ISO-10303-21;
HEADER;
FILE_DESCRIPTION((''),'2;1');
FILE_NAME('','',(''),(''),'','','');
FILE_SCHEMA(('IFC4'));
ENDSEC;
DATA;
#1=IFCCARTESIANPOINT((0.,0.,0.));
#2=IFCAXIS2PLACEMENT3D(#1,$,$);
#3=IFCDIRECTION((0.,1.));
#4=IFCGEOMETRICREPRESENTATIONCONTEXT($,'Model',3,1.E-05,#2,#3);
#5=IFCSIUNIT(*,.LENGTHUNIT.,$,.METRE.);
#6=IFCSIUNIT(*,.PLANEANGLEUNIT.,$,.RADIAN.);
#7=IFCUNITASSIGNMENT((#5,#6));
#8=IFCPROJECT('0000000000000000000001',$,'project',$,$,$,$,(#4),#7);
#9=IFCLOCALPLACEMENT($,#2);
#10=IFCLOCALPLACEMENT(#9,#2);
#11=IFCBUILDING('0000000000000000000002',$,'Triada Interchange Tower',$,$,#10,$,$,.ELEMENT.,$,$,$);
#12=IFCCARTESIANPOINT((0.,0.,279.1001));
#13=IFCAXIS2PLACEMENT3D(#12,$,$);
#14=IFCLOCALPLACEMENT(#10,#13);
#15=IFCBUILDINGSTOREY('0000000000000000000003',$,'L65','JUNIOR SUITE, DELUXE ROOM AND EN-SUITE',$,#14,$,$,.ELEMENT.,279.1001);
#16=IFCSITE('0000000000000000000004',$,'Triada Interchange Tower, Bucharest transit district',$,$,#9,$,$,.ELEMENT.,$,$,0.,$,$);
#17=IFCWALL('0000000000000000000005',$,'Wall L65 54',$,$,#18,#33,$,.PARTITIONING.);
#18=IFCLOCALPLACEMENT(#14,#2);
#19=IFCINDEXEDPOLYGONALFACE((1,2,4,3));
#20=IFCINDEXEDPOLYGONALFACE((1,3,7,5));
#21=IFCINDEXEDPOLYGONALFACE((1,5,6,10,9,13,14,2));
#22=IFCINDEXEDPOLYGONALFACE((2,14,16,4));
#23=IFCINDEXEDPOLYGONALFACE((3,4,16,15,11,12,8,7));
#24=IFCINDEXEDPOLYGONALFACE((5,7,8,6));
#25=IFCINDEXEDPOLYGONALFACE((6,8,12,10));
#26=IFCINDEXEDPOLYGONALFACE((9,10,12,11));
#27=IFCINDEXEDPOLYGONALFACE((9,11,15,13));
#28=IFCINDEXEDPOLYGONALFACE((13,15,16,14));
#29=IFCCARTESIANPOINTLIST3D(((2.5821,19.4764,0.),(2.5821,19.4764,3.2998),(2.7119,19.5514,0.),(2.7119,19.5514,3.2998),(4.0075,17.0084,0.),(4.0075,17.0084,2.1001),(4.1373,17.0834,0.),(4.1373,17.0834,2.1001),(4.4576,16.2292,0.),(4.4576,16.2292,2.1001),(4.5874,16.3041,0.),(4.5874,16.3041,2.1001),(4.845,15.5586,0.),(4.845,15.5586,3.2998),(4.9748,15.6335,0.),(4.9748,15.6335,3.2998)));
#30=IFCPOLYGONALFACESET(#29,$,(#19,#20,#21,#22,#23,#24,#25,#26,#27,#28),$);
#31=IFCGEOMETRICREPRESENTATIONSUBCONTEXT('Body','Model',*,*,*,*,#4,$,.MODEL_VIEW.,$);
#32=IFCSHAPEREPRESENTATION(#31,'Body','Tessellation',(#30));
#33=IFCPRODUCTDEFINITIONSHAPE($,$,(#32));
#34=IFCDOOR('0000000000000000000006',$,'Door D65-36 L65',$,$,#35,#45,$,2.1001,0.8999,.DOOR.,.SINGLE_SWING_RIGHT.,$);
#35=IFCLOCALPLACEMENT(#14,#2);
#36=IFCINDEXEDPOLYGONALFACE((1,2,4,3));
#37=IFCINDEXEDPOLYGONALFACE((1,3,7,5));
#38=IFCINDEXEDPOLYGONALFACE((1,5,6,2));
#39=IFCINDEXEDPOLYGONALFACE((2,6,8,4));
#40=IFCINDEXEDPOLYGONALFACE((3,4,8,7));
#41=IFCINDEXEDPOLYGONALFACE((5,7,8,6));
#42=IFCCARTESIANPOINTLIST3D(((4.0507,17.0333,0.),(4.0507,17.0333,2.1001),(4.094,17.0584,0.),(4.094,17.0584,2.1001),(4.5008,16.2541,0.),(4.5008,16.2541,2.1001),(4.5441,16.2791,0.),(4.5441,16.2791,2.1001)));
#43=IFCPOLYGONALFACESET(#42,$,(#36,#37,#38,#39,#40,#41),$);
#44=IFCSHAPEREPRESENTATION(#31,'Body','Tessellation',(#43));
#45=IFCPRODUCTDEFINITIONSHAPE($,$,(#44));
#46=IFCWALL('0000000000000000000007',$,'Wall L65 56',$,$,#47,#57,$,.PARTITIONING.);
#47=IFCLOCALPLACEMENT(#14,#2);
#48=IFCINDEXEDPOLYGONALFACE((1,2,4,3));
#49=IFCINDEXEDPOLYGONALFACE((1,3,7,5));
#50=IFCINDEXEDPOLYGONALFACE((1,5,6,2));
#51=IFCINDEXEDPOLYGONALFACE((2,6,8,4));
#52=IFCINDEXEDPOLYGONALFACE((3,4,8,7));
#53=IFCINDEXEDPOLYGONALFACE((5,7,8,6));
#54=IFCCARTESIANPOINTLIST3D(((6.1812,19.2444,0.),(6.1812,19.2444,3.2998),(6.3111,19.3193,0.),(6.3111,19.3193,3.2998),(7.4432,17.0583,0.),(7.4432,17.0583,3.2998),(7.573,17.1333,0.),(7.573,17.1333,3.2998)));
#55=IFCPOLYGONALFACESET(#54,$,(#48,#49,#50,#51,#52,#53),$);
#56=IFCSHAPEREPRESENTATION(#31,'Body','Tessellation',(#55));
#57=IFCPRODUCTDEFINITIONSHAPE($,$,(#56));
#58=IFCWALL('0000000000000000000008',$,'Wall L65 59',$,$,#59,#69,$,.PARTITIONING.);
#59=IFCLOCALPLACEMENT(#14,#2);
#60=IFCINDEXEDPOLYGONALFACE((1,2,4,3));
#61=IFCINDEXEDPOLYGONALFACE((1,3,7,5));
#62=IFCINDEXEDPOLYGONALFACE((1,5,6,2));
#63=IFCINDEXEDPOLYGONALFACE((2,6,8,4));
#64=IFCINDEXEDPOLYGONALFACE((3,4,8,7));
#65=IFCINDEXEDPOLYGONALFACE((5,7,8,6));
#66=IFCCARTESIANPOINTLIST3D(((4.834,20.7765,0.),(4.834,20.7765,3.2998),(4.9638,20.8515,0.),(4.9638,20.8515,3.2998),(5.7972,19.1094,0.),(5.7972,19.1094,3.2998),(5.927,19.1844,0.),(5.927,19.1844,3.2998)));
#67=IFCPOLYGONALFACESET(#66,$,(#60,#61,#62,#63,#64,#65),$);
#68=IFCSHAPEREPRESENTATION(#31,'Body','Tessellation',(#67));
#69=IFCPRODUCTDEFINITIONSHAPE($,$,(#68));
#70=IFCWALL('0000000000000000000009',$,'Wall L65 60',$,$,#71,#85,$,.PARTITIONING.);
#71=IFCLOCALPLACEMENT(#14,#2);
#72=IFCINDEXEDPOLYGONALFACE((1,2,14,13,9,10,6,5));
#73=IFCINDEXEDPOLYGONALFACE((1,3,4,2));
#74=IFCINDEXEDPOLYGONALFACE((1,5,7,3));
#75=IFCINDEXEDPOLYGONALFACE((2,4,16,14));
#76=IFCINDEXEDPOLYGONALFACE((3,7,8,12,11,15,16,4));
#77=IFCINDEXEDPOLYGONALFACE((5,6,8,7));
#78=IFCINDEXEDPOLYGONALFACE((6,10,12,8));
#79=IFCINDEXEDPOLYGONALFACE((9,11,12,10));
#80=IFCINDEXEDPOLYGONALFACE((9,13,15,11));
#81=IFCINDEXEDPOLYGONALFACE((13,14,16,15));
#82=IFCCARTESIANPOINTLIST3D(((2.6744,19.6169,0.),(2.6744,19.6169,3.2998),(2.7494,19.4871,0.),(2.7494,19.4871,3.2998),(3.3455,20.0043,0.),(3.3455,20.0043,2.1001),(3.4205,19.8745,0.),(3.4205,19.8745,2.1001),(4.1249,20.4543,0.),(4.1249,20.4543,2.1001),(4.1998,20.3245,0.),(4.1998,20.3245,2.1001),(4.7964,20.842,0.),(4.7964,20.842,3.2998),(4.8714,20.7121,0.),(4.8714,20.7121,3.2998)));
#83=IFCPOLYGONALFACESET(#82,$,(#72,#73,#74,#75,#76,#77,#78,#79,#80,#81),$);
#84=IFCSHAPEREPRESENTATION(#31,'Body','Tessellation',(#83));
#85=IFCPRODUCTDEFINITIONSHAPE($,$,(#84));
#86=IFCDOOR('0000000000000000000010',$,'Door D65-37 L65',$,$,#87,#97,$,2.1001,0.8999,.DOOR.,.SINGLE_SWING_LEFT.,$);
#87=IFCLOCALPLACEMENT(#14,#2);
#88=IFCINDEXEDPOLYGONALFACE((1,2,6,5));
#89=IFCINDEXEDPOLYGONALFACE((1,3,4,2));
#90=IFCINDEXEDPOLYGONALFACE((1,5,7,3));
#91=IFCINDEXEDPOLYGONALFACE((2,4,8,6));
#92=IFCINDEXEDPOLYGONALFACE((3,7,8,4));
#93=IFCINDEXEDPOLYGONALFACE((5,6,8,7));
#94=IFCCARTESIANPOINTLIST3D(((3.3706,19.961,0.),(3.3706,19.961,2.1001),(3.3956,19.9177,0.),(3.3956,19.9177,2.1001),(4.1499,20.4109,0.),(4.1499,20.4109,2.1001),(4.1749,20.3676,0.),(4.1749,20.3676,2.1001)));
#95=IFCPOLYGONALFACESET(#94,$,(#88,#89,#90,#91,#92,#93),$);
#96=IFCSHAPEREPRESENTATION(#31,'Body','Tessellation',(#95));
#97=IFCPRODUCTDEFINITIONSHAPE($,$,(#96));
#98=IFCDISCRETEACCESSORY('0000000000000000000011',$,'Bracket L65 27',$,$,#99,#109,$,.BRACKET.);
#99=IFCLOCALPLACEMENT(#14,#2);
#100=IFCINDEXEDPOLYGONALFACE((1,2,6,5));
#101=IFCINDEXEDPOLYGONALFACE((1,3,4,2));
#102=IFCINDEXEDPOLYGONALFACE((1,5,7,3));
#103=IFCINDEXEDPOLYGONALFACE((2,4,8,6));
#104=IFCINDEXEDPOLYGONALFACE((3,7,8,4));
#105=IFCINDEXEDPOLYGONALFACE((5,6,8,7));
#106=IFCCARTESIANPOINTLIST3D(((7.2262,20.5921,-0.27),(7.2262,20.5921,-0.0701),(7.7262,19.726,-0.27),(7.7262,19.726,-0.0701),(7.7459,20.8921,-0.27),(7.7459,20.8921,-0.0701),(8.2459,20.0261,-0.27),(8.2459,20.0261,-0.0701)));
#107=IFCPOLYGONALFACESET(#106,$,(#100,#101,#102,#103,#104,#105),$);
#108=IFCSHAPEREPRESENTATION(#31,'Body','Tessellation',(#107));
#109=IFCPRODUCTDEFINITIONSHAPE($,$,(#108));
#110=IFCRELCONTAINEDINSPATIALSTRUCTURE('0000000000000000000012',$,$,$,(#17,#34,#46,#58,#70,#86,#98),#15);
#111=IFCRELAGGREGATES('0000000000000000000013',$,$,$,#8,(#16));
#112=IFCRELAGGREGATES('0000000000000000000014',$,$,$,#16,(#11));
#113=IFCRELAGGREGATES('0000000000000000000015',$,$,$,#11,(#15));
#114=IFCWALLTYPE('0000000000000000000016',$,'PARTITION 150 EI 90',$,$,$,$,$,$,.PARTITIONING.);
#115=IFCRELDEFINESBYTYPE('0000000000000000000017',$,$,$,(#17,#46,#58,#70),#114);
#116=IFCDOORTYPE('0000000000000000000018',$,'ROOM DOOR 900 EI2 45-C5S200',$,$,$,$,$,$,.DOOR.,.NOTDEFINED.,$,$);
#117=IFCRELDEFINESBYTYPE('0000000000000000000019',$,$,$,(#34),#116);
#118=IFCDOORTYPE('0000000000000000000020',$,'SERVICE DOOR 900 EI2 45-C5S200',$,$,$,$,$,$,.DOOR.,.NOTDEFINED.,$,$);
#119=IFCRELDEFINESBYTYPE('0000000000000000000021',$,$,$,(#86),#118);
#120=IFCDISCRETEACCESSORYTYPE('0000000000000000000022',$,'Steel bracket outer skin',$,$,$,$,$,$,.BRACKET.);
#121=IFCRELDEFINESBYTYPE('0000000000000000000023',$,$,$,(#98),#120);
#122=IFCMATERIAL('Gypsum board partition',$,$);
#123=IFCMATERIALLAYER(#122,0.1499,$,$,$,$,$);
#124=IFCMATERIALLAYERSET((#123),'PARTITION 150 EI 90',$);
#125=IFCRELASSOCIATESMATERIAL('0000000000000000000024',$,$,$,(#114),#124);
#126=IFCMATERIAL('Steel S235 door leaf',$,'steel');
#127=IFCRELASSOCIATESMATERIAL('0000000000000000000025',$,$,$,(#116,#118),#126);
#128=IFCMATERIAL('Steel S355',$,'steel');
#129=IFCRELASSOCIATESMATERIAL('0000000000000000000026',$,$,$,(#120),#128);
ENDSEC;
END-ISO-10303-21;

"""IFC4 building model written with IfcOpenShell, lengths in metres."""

from ifc_helpers import new_model, si_unit, direction, frame, frame_2d, origin, origin_2d, place, context, subcontext, project, spatial, rectangle, extrude, material, layer, layer_set, type_object, element, fill, save


model = new_model("IFC4")

# Units and contexts
model_context = context("Model", 3, precision=1e-05, world=origin(), true_north=direction((0.0, 1.0)))
body_context = subcontext(model_context, "Body", "Model", "MODEL_VIEW")
ifc_project = project(units=[si_unit("LENGTHUNIT", "METRE"), si_unit("PLANEANGLEUNIT", "RADIAN")], contexts=[model_context])

# Site, building, storey
site_placement = place(None, origin())
site = spatial("IfcSite", under=ifc_project, at=site_placement, Name="Triada Interchange Tower, Bucharest transit district", CompositionType="ELEMENT", RefElevation=0.0)
building_placement = place(site_placement, origin())
building = spatial("IfcBuilding", under=site, at=building_placement, Name="Triada Interchange Tower", CompositionType="ELEMENT")
storey_placement = place(building_placement, frame((0.0, 0.0, 279.1001)))
storey = spatial("IfcBuildingStorey", under=building, at=storey_placement, Name="L65", Description="JUNIOR SUITE, DELUXE ROOM AND EN-SUITE", CompositionType="ELEMENT", Elevation=279.1001)

# Shared definitions
ifc_material_1 = material(Name="Gypsum board partition")

# Shared definitions
ifc_material_2 = material(Name="Steel S235 door leaf", Category="steel")

# Wall, opening, door
ifc_layer_1 = layer(ifc_material_1, 0.1499)
ifc_layer_set_1 = layer_set([ifc_layer_1], Name="PARTITION 150 EI 90")
wall_type_1 = type_object("IfcWallType", Name="PARTITION 150 EI 90", PredefinedType="PARTITIONING", material=ifc_layer_set_1)
wall_1_placement = place(storey_placement, frame((2.647, 19.5139, 0.0), z_axis=(0.0, 0.0, 1.0), x_axis=(0.500149, -0.865939, 0.0)))
wall_1 = element("IfcWall", 1, at=wall_1_placement, inside=storey, type_object=wall_type_1, Name="Wall L65 54", PredefinedType="PARTITIONING", context=body_context, shape_type="SweptSolid", body=[
    extrude(rectangle(XDim=4.5244, YDim=0.1499, at=frame_2d((2.2622, 0.0))), origin(), (0.0, 0.0, 1.0), 3.2998),
])
opening_1_placement = place(wall_1_placement, frame((2.8501, 0.0, 0.0)))
opening_1 = element("IfcOpeningElement", 2, at=opening_1_placement, cuts=wall_1, PredefinedType="OPENING", context=body_context, shape_type="SweptSolid", body=[
    extrude(rectangle(XDim=0.8999, YDim=2.1001, at=frame_2d((0.45, 1.05))), frame((0.0, 0.085, 0.0), z_axis=(0.0, -1.0, 0.0), x_axis=(1.0, 0.0, 0.0)), (0.0, 0.0, 1.0), 0.1699),
])
door_type_1 = type_object("IfcDoorType", Name="ROOM DOOR 900 EI2 45-C5S200", OperationType="NOTDEFINED", PredefinedType="DOOR", material=ifc_material_2)
door_1_placement = place(opening_1_placement, origin())
door_1 = element("IfcDoor", 3, at=door_1_placement, inside=storey, type_object=door_type_1, Name="Door D65-36 L65", OperationType="SINGLE_SWING_RIGHT", OverallHeight=2.1001, OverallWidth=0.8999, PredefinedType="DOOR", context=body_context, shape_type="SweptSolid", body=[
    extrude(rectangle(XDim=0.8999, YDim=2.1001, at=frame_2d((0.45, 1.05))), frame((0.0, 0.0249, 0.0), z_axis=(0.0, -1.0, 0.0), x_axis=(1.0, 0.0, 0.0)), (0.0, 0.0, 1.0), 0.05),
])
fill(opening_1, door_1)

# Walls
wall_2_placement = place(storey_placement, frame((6.2461, 19.282, 0.0), z_axis=(0.0, 0.0, 1.0), x_axis=(0.499957, -0.86605, 0.0)))
element("IfcWall", 4, at=wall_2_placement, inside=storey, type_object=wall_type_1, Name="Wall L65 56", PredefinedType="PARTITIONING", context=body_context, shape_type="SweptSolid", body=[
    extrude(rectangle(XDim=2.5242, YDim=0.1499, at=frame_2d((1.2622, 0.0))), origin(), (0.0, 0.0, 1.0), 3.2998),
])
wall_3_placement = place(storey_placement, frame((4.8989, 20.814, 0.0), z_axis=(0.0, 0.0, 1.0), x_axis=(0.500271, -0.865869, 0.0)))
element("IfcWall", 5, at=wall_3_placement, inside=storey, type_object=wall_type_1, Name="Wall L65 59", PredefinedType="PARTITIONING", context=body_context, shape_type="SweptSolid", body=[
    extrude(rectangle(XDim=1.9253, YDim=0.1499, at=frame_2d((0.9626, 0.0))), origin(), (0.0, 0.0, 1.0), 3.2998),
])

# Wall, opening, door
wall_4_placement = place(storey_placement, frame((2.7119, 19.552, 0.0), z_axis=(0.0, 0.0, 1.0), x_axis=(0.86604, 0.499975, 0.0)))
wall_4 = element("IfcWall", 6, at=wall_4_placement, inside=storey, type_object=wall_type_1, Name="Wall L65 60", PredefinedType="PARTITIONING", context=body_context, shape_type="SweptSolid", body=[
    extrude(rectangle(XDim=2.4502, YDim=0.1499, at=frame_2d((1.2251, 0.0))), origin(), (0.0, 0.0, 1.0), 3.2998),
])
opening_2_placement = place(wall_4_placement, frame((0.7749, 0.0, 0.0)))
opening_2 = element("IfcOpeningElement", 7, at=opening_2_placement, cuts=wall_4, PredefinedType="OPENING", context=body_context, shape_type="SweptSolid", body=[
    extrude(rectangle(XDim=0.8999, YDim=2.1001, at=frame_2d((0.45, 1.05))), frame((0.0, 0.085, 0.0), z_axis=(0.0, -1.0, 0.0), x_axis=(1.0, 0.0, 0.0)), (0.0, 0.0, 1.0), 0.1699),
])
door_type_2 = type_object("IfcDoorType", Name="SERVICE DOOR 900 EI2 45-C5S200", OperationType="NOTDEFINED", PredefinedType="DOOR", material=ifc_material_2)
door_2_placement = place(opening_2_placement, origin())
door_2 = element("IfcDoor", 8, at=door_2_placement, inside=storey, type_object=door_type_2, Name="Door D65-37 L65", OperationType="SINGLE_SWING_LEFT", OverallHeight=2.1001, OverallWidth=0.8999, PredefinedType="DOOR", context=body_context, shape_type="SweptSolid", body=[
    extrude(rectangle(XDim=0.8999, YDim=2.1001, at=frame_2d((0.45, 1.05))), frame((0.0, 0.0249, 0.0), z_axis=(0.0, -1.0, 0.0), x_axis=(1.0, 0.0, 0.0)), (0.0, 0.0, 1.0), 0.05),
])
fill(opening_2, door_2)

# Discrete accessory
ifc_material_3 = material(Name="Steel S355", Category="steel")
discrete_accessory_type = type_object("IfcDiscreteAccessoryType", Name="Steel bracket outer skin", PredefinedType="BRACKET", material=ifc_material_3)
discrete_accessory_placement = place(storey_placement, frame((7.7361, 20.3091, -0.27), z_axis=(0.0, 0.0, 1.0), x_axis=(0.866024, 0.500002, 0.0)))
element("IfcDiscreteAccessory", 9, at=discrete_accessory_placement, inside=storey, type_object=discrete_accessory_type, Name="Bracket L65 27", PredefinedType="BRACKET", context=body_context, shape_type="SweptSolid", body=[
    extrude(rectangle(XDim=0.6001, YDim=1.0, at=origin_2d()), origin(), (0.0, 0.0, 1.0), 0.2),
])

save(model, "model.ifc")
